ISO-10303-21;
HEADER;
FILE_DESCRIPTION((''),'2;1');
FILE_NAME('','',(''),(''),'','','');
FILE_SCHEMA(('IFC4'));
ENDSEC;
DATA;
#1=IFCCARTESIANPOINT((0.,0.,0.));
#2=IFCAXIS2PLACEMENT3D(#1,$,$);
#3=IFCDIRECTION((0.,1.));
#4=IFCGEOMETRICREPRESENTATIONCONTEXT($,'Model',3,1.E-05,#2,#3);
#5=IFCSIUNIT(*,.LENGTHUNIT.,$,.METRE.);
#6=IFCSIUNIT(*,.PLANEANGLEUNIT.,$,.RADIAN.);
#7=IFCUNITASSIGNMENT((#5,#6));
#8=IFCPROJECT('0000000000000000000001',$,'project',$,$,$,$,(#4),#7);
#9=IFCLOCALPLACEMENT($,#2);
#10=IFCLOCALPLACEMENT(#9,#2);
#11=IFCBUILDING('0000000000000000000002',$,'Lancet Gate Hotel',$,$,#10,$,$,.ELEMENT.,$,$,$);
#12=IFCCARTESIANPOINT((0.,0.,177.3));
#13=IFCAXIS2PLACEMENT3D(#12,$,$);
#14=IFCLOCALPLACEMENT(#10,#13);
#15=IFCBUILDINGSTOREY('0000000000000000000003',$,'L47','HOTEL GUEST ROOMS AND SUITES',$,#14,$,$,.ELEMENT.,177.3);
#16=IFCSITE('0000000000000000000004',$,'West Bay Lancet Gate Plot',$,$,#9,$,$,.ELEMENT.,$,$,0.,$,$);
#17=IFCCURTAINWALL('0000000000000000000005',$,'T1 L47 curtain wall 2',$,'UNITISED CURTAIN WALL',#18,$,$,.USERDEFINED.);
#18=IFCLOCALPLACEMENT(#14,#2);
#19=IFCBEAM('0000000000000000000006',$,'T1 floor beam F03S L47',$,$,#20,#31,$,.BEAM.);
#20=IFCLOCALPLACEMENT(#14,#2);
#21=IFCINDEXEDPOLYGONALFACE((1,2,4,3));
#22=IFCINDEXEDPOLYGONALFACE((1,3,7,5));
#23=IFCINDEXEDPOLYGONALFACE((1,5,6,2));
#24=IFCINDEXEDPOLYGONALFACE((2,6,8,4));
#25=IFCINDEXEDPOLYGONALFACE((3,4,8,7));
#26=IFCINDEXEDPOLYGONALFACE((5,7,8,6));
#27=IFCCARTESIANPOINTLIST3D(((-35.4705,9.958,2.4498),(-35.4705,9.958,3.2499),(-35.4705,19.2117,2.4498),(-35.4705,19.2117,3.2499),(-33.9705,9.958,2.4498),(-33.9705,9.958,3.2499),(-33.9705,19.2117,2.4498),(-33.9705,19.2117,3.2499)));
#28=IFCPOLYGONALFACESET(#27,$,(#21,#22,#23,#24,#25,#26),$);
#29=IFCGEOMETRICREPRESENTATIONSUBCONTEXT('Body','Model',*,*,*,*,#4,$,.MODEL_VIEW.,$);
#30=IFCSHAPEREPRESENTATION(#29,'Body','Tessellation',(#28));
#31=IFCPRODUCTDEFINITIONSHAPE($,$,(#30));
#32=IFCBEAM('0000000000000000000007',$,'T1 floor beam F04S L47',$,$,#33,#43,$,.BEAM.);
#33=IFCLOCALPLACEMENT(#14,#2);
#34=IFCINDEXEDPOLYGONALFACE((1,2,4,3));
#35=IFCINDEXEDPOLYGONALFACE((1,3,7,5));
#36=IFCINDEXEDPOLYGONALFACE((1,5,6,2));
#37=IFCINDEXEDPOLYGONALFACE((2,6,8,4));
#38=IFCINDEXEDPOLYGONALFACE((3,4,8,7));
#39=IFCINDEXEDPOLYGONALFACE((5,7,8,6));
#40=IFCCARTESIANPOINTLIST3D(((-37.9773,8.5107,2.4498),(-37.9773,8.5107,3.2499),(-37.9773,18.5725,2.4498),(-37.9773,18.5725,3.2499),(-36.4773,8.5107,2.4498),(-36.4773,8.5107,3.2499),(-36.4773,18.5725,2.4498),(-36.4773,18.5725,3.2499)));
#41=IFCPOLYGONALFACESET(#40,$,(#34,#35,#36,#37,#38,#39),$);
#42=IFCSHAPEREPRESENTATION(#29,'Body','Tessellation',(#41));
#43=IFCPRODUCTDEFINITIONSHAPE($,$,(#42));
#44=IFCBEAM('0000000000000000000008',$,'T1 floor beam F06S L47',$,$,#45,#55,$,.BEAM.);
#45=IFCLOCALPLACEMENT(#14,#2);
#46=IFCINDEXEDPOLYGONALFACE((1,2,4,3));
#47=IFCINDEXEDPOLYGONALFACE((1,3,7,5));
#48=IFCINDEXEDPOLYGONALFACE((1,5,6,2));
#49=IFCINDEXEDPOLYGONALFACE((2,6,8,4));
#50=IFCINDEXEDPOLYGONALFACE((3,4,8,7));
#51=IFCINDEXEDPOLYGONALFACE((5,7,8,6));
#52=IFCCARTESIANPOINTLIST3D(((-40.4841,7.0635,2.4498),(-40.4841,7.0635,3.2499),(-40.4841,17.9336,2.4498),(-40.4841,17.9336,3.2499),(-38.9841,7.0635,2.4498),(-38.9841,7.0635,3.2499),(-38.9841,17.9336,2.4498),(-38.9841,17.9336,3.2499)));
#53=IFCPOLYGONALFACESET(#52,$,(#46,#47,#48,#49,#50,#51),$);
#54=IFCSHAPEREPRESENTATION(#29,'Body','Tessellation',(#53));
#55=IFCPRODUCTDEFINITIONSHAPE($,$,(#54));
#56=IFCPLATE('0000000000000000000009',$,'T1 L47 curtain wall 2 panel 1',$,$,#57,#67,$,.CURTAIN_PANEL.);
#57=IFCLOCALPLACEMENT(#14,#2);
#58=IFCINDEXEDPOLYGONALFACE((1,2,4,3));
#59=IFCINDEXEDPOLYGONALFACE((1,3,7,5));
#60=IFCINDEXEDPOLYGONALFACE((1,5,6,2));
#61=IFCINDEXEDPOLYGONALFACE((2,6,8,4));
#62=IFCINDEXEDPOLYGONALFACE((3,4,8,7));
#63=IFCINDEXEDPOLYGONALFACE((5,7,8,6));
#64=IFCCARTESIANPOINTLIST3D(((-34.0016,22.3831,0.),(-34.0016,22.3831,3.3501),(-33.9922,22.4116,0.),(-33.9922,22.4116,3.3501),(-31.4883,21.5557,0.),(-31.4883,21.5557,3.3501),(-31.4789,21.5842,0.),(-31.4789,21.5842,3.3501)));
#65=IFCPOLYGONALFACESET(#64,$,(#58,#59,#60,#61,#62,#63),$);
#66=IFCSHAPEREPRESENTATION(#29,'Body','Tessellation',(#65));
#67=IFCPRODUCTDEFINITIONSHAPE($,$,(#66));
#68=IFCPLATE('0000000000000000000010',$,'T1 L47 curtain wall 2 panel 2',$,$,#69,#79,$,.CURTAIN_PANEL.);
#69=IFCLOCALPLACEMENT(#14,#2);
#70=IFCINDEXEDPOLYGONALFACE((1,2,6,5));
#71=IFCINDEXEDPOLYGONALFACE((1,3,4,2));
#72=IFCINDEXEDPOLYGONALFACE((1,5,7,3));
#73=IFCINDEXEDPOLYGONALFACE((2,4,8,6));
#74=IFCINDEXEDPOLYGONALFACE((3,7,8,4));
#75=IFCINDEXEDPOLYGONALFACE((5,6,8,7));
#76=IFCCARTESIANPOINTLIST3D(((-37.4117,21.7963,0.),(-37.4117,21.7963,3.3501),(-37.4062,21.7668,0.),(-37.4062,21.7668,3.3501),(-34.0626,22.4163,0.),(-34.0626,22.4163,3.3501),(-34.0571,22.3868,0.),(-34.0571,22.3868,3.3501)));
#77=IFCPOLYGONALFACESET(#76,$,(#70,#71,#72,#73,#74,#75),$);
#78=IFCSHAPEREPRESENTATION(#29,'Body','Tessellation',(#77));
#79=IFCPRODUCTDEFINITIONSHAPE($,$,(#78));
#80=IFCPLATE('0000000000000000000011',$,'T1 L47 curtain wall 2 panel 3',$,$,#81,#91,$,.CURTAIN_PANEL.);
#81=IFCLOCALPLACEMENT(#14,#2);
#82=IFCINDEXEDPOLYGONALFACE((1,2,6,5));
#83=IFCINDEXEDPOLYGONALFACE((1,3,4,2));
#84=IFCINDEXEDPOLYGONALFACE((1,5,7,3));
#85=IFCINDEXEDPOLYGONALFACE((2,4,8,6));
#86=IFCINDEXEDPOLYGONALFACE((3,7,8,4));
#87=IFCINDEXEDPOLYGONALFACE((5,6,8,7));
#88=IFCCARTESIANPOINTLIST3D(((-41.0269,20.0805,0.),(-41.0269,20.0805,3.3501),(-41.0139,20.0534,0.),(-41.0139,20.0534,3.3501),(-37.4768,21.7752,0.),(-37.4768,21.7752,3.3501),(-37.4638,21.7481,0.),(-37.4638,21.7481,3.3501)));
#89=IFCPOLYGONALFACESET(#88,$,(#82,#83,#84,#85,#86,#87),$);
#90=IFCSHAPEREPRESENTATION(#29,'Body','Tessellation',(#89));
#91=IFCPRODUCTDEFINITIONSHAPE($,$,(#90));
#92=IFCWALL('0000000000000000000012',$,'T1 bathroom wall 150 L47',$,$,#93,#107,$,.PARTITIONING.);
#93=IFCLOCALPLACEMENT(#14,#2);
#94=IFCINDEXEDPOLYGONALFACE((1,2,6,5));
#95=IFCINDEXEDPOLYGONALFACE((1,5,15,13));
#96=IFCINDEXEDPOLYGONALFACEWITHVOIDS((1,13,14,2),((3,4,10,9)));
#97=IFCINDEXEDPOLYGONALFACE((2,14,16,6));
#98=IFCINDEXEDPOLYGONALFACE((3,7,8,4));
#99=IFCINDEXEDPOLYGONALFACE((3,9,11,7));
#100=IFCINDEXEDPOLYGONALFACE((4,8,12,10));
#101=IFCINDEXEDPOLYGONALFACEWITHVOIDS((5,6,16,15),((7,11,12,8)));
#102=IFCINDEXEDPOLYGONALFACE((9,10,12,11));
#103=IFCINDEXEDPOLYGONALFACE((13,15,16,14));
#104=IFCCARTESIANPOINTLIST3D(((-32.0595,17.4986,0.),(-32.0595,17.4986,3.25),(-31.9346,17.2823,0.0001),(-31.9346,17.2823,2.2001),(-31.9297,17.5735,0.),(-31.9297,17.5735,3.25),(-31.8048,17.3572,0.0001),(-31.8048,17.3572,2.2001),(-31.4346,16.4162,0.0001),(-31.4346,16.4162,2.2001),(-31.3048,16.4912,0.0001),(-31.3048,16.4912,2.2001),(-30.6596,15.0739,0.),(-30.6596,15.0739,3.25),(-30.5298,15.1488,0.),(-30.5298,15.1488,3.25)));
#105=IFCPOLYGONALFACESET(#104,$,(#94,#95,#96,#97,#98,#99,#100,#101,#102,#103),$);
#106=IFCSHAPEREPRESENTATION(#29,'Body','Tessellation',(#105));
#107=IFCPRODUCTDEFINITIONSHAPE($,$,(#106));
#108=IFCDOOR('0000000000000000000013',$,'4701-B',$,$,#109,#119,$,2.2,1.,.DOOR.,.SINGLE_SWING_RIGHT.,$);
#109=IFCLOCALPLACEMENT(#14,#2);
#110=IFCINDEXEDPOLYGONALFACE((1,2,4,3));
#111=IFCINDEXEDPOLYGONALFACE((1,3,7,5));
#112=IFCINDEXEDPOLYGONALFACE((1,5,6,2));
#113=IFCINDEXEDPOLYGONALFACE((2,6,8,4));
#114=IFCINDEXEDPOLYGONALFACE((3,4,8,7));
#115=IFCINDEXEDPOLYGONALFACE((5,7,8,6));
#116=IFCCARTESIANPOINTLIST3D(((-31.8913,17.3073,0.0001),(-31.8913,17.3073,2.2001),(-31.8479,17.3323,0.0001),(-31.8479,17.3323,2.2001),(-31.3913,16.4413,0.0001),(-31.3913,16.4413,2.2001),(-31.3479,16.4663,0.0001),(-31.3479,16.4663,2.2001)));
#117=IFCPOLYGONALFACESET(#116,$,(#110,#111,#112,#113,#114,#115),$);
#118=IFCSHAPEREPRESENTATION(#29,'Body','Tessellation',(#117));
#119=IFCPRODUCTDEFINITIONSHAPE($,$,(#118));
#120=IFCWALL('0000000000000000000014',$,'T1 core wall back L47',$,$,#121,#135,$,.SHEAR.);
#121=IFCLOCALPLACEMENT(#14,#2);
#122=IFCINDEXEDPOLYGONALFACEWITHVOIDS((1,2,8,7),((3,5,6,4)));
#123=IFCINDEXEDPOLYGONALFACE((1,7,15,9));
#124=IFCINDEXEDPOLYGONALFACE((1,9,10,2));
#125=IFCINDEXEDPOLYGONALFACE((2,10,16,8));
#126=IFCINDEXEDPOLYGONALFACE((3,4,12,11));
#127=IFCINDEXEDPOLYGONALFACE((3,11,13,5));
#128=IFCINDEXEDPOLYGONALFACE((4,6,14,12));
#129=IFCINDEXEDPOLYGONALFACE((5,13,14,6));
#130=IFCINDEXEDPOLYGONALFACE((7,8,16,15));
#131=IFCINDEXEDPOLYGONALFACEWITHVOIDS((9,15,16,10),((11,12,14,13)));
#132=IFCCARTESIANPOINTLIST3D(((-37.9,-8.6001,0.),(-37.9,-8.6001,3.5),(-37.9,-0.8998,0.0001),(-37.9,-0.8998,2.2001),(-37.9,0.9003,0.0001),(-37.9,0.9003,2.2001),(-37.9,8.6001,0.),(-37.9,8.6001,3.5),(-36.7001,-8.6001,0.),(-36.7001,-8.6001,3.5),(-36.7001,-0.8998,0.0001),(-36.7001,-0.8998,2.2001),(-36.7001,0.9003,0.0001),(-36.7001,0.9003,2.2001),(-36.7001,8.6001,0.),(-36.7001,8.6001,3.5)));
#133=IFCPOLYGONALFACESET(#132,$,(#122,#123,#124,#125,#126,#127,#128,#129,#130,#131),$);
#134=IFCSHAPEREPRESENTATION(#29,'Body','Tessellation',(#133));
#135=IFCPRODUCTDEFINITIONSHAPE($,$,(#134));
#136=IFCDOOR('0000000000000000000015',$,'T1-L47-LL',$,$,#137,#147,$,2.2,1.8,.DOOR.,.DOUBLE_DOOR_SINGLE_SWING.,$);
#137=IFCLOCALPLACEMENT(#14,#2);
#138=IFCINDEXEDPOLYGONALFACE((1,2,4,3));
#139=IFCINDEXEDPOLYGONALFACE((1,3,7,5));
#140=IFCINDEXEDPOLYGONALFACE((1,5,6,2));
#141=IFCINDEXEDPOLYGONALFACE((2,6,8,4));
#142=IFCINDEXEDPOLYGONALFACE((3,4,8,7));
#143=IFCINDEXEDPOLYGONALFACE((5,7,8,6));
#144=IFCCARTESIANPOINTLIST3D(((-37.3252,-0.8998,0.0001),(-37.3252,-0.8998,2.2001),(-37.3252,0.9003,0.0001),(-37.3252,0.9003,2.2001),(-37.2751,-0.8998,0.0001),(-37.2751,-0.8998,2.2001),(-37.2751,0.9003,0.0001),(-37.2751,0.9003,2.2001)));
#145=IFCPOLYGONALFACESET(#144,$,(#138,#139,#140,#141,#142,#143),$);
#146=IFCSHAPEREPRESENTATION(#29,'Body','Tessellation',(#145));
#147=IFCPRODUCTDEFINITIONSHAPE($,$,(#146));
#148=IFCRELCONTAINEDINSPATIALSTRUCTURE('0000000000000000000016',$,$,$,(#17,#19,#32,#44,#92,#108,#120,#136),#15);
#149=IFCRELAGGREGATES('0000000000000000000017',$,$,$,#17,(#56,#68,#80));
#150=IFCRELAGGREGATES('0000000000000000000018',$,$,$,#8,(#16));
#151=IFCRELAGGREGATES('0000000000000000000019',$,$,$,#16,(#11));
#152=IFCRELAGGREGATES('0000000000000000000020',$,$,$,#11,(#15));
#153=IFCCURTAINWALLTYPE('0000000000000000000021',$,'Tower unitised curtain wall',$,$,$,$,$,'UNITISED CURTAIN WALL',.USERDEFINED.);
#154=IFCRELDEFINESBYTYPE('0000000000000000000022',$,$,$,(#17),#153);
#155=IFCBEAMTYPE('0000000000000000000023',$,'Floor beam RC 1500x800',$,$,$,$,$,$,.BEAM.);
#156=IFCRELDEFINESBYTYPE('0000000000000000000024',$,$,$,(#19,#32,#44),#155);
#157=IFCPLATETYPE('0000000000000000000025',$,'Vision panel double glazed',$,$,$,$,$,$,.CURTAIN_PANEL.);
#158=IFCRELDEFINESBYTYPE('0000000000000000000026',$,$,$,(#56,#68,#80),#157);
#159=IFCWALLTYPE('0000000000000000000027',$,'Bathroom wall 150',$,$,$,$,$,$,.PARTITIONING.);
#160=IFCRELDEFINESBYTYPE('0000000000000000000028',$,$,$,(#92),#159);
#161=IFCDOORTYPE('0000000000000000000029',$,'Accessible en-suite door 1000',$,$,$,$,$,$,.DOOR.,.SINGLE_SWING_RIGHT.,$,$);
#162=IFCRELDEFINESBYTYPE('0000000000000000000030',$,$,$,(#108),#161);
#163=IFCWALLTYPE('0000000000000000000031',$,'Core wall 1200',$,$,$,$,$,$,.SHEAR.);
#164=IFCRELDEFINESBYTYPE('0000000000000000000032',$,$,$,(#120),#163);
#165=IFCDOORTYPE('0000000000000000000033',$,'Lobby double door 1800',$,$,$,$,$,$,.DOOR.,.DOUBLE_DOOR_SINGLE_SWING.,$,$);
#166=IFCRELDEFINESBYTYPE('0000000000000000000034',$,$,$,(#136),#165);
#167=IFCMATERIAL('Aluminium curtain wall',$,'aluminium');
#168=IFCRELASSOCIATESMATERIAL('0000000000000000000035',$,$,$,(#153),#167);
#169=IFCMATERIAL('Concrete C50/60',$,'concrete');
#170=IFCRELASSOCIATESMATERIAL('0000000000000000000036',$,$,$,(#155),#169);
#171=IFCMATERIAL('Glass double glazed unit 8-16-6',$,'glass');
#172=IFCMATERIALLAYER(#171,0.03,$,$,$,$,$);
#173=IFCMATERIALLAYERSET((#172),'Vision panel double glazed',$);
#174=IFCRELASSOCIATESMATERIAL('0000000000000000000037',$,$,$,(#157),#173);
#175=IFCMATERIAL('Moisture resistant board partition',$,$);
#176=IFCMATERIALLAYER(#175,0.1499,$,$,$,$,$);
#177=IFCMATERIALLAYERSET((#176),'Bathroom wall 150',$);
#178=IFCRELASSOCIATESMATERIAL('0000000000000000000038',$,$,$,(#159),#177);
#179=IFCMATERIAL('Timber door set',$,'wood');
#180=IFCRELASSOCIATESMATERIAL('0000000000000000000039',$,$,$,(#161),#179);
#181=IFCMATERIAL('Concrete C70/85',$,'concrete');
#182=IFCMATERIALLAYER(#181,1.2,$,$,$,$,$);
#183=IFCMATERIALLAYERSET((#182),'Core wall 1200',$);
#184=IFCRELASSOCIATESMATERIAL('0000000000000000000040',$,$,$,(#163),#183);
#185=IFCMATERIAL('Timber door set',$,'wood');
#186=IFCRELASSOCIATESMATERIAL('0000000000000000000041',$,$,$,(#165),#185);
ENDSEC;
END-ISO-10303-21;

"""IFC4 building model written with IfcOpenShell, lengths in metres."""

from ifc_helpers import new_model, si_unit, direction, frame, frame_2d, origin, origin_2d, place, context, subcontext, project, spatial, rectangle, extrude, material, layer, layer_set, material_profile, profile_set, type_object, element, fill, aggregate, save


model = new_model("IFC4")

# Units and contexts
model_context = context("Model", 3, precision=1e-05, world=origin(), true_north=direction((0.0, 1.0)))
body_context = subcontext(model_context, "Body", "Model", "MODEL_VIEW")
ifc_project = project(units=[si_unit("LENGTHUNIT", "METRE"), si_unit("PLANEANGLEUNIT", "RADIAN")], contexts=[model_context])

# Site, building, storey
site_placement = place(None, origin())
site = spatial("IfcSite", under=ifc_project, at=site_placement, Name="West Bay Lancet Gate Plot", CompositionType="ELEMENT", RefElevation=0.0)
building_placement = place(site_placement, origin())
building = spatial("IfcBuilding", under=site, at=building_placement, Name="Lancet Gate Hotel", CompositionType="ELEMENT")
storey_placement = place(building_placement, frame((0.0, 0.0, 177.3)))
storey = spatial("IfcBuildingStorey", under=building, at=storey_placement, Name="L47", Description="HOTEL GUEST ROOMS AND SUITES", CompositionType="ELEMENT", Elevation=177.3)

# Shared definitions
ifc_material_1 = material(Name="Aluminium curtain wall", Category="aluminium")
curtain_wall_type = type_object("IfcCurtainWallType", Name="Tower unitised curtain wall", ElementType="UNITISED CURTAIN WALL", PredefinedType="USERDEFINED", material=ifc_material_1)

# Curtain wall
curtain_wall_1_placement = place(storey_placement, origin())
curtain_wall_1 = element("IfcCurtainWall", 1, at=curtain_wall_1_placement, inside=storey, type_object=curtain_wall_type, Name="T1 L47 curtain wall 2", ObjectType="UNITISED CURTAIN WALL", PredefinedType="USERDEFINED")

# Beams
ifc_material_2 = material(Name="Concrete C50/60", Category="concrete")
ifc_material_profile_1 = material_profile(ifc_material_2, rectangle(XDim=1.5, YDim=0.8, at=origin_2d()), Name="RC 1500x800")
ifc_profile_set_1 = profile_set([ifc_material_profile_1], Name="Concrete C50/60")
beam_type_1 = type_object("IfcBeamType", Name="Floor beam RC 1500x800", PredefinedType="BEAM", material=ifc_profile_set_1)
beam_1_placement = place(storey_placement, frame((-34.7205, 19.2117, 2.8499), z_axis=(0.0, -1.0, 0.0), x_axis=(1.0, 0.0, 0.0)))
element("IfcBeam", 2, at=beam_1_placement, inside=storey, type_object=beam_type_1, Name="T1 floor beam F03S L47", PredefinedType="BEAM", context=body_context, shape_type="SweptSolid", body=[
    extrude(rectangle(XDim=1.5, YDim=0.8, at=origin_2d()), origin(), (0.0, 0.0, 1.0), 9.2537),
])
beam_2_placement = place(storey_placement, frame((-37.2273, 18.5725, 2.8499), z_axis=(0.0, -1.0, 0.0), x_axis=(1.0, 0.0, 0.0)))
element("IfcBeam", 3, at=beam_2_placement, inside=storey, type_object=beam_type_1, Name="T1 floor beam F04S L47", PredefinedType="BEAM", context=body_context, shape_type="SweptSolid", body=[
    extrude(rectangle(XDim=1.5, YDim=0.8, at=origin_2d()), origin(), (0.0, 0.0, 1.0), 10.0618),
])
beam_3_placement = place(storey_placement, frame((-39.7341, 17.9336, 2.8499), z_axis=(0.0, -1.0, 0.0), x_axis=(1.0, 0.0, 0.0)))
element("IfcBeam", 4, at=beam_3_placement, inside=storey, type_object=beam_type_1, Name="T1 floor beam F06S L47", PredefinedType="BEAM", context=body_context, shape_type="SweptSolid", body=[
    extrude(rectangle(XDim=1.5, YDim=0.8, at=origin_2d()), origin(), (0.0, 0.0, 1.0), 10.8701),
])

# Plates
ifc_material_3 = material(Name="Glass double glazed unit 8-16-6", Category="glass")
ifc_layer_1 = layer(ifc_material_3, 0.03)
ifc_layer_set_1 = layer_set([ifc_layer_1], Name="Vision panel double glazed")
plate_type = type_object("IfcPlateType", Name="Vision panel double glazed", PredefinedType="CURTAIN_PANEL", material=ifc_layer_set_1)
plate_1_placement = place(storey_placement, frame((-32.7402, 21.9836, 0.0), z_axis=(0.0, 0.0, 1.0), x_axis=(-0.949848, 0.312712, 0.0)))
plate_1 = element("IfcPlate", 5, at=plate_1_placement, type_object=plate_type, Name="T1 L47 curtain wall 2 panel 1", PredefinedType="CURTAIN_PANEL", context=body_context, shape_type="SweptSolid", body=[
    extrude(rectangle(XDim=2.646, YDim=0.03, at=origin_2d()), origin(), (0.0, 0.0, 1.0), 3.3501),
])
plate_2_placement = place(storey_placement, frame((-35.7344, 22.0916, 0.0), z_axis=(0.0, 0.0, 1.0), x_axis=(-0.983292, -0.182033, 0.0)))
plate_2 = element("IfcPlate", 6, at=plate_2_placement, type_object=plate_type, Name="T1 L47 curtain wall 2 panel 2", PredefinedType="CURTAIN_PANEL", context=body_context, shape_type="SweptSolid", body=[
    extrude(rectangle(XDim=3.406, YDim=0.03, at=origin_2d()), origin(), (0.0, 0.0, 1.0), 3.3501),
])
plate_3_placement = place(storey_placement, frame((-39.2454, 20.9143, 0.0), z_axis=(0.0, 0.0, 1.0), x_axis=(-0.902454, -0.430787, 0.0)))
plate_3 = element("IfcPlate", 7, at=plate_3_placement, type_object=plate_type, Name="T1 L47 curtain wall 2 panel 3", PredefinedType="CURTAIN_PANEL", context=body_context, shape_type="SweptSolid", body=[
    extrude(rectangle(XDim=3.9338, YDim=0.03, at=origin_2d()), origin(), (0.0, 0.0, 1.0), 3.3501),
])
aggregate(curtain_wall_1, [plate_1, plate_2, plate_3])

# Walls, openings, doors
ifc_material_4 = material(Name="Moisture resistant board partition")
ifc_layer_2 = layer(ifc_material_4, 0.1499)
ifc_layer_set_2 = layer_set([ifc_layer_2], Name="Bathroom wall 150")
wall_type_1 = type_object("IfcWallType", Name="Bathroom wall 150", PredefinedType="PARTITIONING", material=ifc_layer_set_2)
wall_1_placement = place(storey_placement, frame((-30.5947, 15.1113, 0.0), z_axis=(0.0, 0.0, 1.0), x_axis=(-0.499984, 0.866035, 0.0)))
wall_1 = element("IfcWall", 8, at=wall_1_placement, inside=storey, type_object=wall_type_1, Name="T1 bathroom wall 150 L47", PredefinedType="PARTITIONING", context=body_context, shape_type="SweptSolid", body=[
    extrude(rectangle(XDim=2.7998, YDim=0.1499, at=frame_2d((1.3999, 0.0))), origin(), (0.0, 0.0, 1.0), 3.25),
])
opening_1_placement = place(wall_1_placement, frame((1.55, 0.0, 0.0)))
opening_1 = element("IfcOpeningElement", 9, at=opening_1_placement, cuts=wall_1, PredefinedType="OPENING", context=body_context, shape_type="SweptSolid", body=[
    extrude(rectangle(XDim=1.0, YDim=2.2, at=frame_2d((0.5, 1.1001))), frame((0.0, 0.085, 0.0), z_axis=(0.0, -1.0, 0.0), x_axis=(1.0, 0.0, 0.0)), (0.0, 0.0, 1.0), 0.1699),
])
ifc_material_5 = material(Name="Timber door set", Category="wood")
door_type_1 = type_object("IfcDoorType", Name="Accessible en-suite door 1000", OperationType="SINGLE_SWING_RIGHT", PredefinedType="DOOR", material=ifc_material_5)
door_1_placement = place(opening_1_placement, origin())
door_1 = element("IfcDoor", 10, at=door_1_placement, inside=storey, type_object=door_type_1, Name="4701-B", OperationType="SINGLE_SWING_RIGHT", OverallHeight=2.2, OverallWidth=1.0, PredefinedType="DOOR", context=body_context, shape_type="SweptSolid", body=[
    extrude(rectangle(XDim=1.0, YDim=2.2, at=frame_2d((0.5, 1.1001))), frame((0.0, 0.0249, 0.0), z_axis=(0.0, -1.0, 0.0), x_axis=(1.0, 0.0, 0.0)), (0.0, 0.0, 1.0), 0.05),
])
fill(opening_1, door_1)
ifc_material_6 = material(Name="Concrete C70/85", Category="concrete")
ifc_layer_3 = layer(ifc_material_6, 1.2)
ifc_layer_set_3 = layer_set([ifc_layer_3], Name="Core wall 1200")
wall_type_2 = type_object("IfcWallType", Name="Core wall 1200", PredefinedType="SHEAR", material=ifc_layer_set_3)
wall_2_placement = place(storey_placement, frame((-37.3, 8.6001, 0.0), z_axis=(0.0, 0.0, 1.0), x_axis=(0.0, -1.0, 0.0)))
wall_2 = element("IfcWall", 11, at=wall_2_placement, inside=storey, type_object=wall_type_2, Name="T1 core wall back L47", PredefinedType="SHEAR", context=body_context, shape_type="SweptSolid", body=[
    extrude(rectangle(XDim=17.2002, YDim=1.2, at=frame_2d((8.6001, 0.0))), origin(), (0.0, 0.0, 1.0), 3.5),
])
opening_2_placement = place(wall_2_placement, frame((7.7, 0.0, 0.0)))
opening_2 = element("IfcOpeningElement", 12, at=opening_2_placement, cuts=wall_2, PredefinedType="OPENING", context=body_context, shape_type="SweptSolid", body=[
    extrude(rectangle(XDim=1.8, YDim=2.2, at=frame_2d((0.8999, 1.1001))), frame((0.0, 0.6099, 0.0), z_axis=(0.0, -1.0, 0.0), x_axis=(1.0, 0.0, 0.0)), (0.0, 0.0, 1.0), 1.22),
])
ifc_material_7 = material(Name="Timber door set", Category="wood")
door_type_2 = type_object("IfcDoorType", Name="Lobby double door 1800", OperationType="DOUBLE_DOOR_SINGLE_SWING", PredefinedType="DOOR", material=ifc_material_7)
door_2_placement = place(opening_2_placement, origin())
door_2 = element("IfcDoor", 13, at=door_2_placement, inside=storey, type_object=door_type_2, Name="T1-L47-LL", OperationType="DOUBLE_DOOR_SINGLE_SWING", OverallHeight=2.2, OverallWidth=1.8, PredefinedType="DOOR", context=body_context, shape_type="SweptSolid", body=[
    extrude(rectangle(XDim=1.8, YDim=2.2, at=frame_2d((0.8999, 1.1001))), frame((0.0, 0.0249, 0.0), z_axis=(0.0, -1.0, 0.0), x_axis=(1.0, 0.0, 0.0)), (0.0, 0.0, 1.0), 0.05),
])
fill(opening_2, door_2)

save(model, "model.ifc")
